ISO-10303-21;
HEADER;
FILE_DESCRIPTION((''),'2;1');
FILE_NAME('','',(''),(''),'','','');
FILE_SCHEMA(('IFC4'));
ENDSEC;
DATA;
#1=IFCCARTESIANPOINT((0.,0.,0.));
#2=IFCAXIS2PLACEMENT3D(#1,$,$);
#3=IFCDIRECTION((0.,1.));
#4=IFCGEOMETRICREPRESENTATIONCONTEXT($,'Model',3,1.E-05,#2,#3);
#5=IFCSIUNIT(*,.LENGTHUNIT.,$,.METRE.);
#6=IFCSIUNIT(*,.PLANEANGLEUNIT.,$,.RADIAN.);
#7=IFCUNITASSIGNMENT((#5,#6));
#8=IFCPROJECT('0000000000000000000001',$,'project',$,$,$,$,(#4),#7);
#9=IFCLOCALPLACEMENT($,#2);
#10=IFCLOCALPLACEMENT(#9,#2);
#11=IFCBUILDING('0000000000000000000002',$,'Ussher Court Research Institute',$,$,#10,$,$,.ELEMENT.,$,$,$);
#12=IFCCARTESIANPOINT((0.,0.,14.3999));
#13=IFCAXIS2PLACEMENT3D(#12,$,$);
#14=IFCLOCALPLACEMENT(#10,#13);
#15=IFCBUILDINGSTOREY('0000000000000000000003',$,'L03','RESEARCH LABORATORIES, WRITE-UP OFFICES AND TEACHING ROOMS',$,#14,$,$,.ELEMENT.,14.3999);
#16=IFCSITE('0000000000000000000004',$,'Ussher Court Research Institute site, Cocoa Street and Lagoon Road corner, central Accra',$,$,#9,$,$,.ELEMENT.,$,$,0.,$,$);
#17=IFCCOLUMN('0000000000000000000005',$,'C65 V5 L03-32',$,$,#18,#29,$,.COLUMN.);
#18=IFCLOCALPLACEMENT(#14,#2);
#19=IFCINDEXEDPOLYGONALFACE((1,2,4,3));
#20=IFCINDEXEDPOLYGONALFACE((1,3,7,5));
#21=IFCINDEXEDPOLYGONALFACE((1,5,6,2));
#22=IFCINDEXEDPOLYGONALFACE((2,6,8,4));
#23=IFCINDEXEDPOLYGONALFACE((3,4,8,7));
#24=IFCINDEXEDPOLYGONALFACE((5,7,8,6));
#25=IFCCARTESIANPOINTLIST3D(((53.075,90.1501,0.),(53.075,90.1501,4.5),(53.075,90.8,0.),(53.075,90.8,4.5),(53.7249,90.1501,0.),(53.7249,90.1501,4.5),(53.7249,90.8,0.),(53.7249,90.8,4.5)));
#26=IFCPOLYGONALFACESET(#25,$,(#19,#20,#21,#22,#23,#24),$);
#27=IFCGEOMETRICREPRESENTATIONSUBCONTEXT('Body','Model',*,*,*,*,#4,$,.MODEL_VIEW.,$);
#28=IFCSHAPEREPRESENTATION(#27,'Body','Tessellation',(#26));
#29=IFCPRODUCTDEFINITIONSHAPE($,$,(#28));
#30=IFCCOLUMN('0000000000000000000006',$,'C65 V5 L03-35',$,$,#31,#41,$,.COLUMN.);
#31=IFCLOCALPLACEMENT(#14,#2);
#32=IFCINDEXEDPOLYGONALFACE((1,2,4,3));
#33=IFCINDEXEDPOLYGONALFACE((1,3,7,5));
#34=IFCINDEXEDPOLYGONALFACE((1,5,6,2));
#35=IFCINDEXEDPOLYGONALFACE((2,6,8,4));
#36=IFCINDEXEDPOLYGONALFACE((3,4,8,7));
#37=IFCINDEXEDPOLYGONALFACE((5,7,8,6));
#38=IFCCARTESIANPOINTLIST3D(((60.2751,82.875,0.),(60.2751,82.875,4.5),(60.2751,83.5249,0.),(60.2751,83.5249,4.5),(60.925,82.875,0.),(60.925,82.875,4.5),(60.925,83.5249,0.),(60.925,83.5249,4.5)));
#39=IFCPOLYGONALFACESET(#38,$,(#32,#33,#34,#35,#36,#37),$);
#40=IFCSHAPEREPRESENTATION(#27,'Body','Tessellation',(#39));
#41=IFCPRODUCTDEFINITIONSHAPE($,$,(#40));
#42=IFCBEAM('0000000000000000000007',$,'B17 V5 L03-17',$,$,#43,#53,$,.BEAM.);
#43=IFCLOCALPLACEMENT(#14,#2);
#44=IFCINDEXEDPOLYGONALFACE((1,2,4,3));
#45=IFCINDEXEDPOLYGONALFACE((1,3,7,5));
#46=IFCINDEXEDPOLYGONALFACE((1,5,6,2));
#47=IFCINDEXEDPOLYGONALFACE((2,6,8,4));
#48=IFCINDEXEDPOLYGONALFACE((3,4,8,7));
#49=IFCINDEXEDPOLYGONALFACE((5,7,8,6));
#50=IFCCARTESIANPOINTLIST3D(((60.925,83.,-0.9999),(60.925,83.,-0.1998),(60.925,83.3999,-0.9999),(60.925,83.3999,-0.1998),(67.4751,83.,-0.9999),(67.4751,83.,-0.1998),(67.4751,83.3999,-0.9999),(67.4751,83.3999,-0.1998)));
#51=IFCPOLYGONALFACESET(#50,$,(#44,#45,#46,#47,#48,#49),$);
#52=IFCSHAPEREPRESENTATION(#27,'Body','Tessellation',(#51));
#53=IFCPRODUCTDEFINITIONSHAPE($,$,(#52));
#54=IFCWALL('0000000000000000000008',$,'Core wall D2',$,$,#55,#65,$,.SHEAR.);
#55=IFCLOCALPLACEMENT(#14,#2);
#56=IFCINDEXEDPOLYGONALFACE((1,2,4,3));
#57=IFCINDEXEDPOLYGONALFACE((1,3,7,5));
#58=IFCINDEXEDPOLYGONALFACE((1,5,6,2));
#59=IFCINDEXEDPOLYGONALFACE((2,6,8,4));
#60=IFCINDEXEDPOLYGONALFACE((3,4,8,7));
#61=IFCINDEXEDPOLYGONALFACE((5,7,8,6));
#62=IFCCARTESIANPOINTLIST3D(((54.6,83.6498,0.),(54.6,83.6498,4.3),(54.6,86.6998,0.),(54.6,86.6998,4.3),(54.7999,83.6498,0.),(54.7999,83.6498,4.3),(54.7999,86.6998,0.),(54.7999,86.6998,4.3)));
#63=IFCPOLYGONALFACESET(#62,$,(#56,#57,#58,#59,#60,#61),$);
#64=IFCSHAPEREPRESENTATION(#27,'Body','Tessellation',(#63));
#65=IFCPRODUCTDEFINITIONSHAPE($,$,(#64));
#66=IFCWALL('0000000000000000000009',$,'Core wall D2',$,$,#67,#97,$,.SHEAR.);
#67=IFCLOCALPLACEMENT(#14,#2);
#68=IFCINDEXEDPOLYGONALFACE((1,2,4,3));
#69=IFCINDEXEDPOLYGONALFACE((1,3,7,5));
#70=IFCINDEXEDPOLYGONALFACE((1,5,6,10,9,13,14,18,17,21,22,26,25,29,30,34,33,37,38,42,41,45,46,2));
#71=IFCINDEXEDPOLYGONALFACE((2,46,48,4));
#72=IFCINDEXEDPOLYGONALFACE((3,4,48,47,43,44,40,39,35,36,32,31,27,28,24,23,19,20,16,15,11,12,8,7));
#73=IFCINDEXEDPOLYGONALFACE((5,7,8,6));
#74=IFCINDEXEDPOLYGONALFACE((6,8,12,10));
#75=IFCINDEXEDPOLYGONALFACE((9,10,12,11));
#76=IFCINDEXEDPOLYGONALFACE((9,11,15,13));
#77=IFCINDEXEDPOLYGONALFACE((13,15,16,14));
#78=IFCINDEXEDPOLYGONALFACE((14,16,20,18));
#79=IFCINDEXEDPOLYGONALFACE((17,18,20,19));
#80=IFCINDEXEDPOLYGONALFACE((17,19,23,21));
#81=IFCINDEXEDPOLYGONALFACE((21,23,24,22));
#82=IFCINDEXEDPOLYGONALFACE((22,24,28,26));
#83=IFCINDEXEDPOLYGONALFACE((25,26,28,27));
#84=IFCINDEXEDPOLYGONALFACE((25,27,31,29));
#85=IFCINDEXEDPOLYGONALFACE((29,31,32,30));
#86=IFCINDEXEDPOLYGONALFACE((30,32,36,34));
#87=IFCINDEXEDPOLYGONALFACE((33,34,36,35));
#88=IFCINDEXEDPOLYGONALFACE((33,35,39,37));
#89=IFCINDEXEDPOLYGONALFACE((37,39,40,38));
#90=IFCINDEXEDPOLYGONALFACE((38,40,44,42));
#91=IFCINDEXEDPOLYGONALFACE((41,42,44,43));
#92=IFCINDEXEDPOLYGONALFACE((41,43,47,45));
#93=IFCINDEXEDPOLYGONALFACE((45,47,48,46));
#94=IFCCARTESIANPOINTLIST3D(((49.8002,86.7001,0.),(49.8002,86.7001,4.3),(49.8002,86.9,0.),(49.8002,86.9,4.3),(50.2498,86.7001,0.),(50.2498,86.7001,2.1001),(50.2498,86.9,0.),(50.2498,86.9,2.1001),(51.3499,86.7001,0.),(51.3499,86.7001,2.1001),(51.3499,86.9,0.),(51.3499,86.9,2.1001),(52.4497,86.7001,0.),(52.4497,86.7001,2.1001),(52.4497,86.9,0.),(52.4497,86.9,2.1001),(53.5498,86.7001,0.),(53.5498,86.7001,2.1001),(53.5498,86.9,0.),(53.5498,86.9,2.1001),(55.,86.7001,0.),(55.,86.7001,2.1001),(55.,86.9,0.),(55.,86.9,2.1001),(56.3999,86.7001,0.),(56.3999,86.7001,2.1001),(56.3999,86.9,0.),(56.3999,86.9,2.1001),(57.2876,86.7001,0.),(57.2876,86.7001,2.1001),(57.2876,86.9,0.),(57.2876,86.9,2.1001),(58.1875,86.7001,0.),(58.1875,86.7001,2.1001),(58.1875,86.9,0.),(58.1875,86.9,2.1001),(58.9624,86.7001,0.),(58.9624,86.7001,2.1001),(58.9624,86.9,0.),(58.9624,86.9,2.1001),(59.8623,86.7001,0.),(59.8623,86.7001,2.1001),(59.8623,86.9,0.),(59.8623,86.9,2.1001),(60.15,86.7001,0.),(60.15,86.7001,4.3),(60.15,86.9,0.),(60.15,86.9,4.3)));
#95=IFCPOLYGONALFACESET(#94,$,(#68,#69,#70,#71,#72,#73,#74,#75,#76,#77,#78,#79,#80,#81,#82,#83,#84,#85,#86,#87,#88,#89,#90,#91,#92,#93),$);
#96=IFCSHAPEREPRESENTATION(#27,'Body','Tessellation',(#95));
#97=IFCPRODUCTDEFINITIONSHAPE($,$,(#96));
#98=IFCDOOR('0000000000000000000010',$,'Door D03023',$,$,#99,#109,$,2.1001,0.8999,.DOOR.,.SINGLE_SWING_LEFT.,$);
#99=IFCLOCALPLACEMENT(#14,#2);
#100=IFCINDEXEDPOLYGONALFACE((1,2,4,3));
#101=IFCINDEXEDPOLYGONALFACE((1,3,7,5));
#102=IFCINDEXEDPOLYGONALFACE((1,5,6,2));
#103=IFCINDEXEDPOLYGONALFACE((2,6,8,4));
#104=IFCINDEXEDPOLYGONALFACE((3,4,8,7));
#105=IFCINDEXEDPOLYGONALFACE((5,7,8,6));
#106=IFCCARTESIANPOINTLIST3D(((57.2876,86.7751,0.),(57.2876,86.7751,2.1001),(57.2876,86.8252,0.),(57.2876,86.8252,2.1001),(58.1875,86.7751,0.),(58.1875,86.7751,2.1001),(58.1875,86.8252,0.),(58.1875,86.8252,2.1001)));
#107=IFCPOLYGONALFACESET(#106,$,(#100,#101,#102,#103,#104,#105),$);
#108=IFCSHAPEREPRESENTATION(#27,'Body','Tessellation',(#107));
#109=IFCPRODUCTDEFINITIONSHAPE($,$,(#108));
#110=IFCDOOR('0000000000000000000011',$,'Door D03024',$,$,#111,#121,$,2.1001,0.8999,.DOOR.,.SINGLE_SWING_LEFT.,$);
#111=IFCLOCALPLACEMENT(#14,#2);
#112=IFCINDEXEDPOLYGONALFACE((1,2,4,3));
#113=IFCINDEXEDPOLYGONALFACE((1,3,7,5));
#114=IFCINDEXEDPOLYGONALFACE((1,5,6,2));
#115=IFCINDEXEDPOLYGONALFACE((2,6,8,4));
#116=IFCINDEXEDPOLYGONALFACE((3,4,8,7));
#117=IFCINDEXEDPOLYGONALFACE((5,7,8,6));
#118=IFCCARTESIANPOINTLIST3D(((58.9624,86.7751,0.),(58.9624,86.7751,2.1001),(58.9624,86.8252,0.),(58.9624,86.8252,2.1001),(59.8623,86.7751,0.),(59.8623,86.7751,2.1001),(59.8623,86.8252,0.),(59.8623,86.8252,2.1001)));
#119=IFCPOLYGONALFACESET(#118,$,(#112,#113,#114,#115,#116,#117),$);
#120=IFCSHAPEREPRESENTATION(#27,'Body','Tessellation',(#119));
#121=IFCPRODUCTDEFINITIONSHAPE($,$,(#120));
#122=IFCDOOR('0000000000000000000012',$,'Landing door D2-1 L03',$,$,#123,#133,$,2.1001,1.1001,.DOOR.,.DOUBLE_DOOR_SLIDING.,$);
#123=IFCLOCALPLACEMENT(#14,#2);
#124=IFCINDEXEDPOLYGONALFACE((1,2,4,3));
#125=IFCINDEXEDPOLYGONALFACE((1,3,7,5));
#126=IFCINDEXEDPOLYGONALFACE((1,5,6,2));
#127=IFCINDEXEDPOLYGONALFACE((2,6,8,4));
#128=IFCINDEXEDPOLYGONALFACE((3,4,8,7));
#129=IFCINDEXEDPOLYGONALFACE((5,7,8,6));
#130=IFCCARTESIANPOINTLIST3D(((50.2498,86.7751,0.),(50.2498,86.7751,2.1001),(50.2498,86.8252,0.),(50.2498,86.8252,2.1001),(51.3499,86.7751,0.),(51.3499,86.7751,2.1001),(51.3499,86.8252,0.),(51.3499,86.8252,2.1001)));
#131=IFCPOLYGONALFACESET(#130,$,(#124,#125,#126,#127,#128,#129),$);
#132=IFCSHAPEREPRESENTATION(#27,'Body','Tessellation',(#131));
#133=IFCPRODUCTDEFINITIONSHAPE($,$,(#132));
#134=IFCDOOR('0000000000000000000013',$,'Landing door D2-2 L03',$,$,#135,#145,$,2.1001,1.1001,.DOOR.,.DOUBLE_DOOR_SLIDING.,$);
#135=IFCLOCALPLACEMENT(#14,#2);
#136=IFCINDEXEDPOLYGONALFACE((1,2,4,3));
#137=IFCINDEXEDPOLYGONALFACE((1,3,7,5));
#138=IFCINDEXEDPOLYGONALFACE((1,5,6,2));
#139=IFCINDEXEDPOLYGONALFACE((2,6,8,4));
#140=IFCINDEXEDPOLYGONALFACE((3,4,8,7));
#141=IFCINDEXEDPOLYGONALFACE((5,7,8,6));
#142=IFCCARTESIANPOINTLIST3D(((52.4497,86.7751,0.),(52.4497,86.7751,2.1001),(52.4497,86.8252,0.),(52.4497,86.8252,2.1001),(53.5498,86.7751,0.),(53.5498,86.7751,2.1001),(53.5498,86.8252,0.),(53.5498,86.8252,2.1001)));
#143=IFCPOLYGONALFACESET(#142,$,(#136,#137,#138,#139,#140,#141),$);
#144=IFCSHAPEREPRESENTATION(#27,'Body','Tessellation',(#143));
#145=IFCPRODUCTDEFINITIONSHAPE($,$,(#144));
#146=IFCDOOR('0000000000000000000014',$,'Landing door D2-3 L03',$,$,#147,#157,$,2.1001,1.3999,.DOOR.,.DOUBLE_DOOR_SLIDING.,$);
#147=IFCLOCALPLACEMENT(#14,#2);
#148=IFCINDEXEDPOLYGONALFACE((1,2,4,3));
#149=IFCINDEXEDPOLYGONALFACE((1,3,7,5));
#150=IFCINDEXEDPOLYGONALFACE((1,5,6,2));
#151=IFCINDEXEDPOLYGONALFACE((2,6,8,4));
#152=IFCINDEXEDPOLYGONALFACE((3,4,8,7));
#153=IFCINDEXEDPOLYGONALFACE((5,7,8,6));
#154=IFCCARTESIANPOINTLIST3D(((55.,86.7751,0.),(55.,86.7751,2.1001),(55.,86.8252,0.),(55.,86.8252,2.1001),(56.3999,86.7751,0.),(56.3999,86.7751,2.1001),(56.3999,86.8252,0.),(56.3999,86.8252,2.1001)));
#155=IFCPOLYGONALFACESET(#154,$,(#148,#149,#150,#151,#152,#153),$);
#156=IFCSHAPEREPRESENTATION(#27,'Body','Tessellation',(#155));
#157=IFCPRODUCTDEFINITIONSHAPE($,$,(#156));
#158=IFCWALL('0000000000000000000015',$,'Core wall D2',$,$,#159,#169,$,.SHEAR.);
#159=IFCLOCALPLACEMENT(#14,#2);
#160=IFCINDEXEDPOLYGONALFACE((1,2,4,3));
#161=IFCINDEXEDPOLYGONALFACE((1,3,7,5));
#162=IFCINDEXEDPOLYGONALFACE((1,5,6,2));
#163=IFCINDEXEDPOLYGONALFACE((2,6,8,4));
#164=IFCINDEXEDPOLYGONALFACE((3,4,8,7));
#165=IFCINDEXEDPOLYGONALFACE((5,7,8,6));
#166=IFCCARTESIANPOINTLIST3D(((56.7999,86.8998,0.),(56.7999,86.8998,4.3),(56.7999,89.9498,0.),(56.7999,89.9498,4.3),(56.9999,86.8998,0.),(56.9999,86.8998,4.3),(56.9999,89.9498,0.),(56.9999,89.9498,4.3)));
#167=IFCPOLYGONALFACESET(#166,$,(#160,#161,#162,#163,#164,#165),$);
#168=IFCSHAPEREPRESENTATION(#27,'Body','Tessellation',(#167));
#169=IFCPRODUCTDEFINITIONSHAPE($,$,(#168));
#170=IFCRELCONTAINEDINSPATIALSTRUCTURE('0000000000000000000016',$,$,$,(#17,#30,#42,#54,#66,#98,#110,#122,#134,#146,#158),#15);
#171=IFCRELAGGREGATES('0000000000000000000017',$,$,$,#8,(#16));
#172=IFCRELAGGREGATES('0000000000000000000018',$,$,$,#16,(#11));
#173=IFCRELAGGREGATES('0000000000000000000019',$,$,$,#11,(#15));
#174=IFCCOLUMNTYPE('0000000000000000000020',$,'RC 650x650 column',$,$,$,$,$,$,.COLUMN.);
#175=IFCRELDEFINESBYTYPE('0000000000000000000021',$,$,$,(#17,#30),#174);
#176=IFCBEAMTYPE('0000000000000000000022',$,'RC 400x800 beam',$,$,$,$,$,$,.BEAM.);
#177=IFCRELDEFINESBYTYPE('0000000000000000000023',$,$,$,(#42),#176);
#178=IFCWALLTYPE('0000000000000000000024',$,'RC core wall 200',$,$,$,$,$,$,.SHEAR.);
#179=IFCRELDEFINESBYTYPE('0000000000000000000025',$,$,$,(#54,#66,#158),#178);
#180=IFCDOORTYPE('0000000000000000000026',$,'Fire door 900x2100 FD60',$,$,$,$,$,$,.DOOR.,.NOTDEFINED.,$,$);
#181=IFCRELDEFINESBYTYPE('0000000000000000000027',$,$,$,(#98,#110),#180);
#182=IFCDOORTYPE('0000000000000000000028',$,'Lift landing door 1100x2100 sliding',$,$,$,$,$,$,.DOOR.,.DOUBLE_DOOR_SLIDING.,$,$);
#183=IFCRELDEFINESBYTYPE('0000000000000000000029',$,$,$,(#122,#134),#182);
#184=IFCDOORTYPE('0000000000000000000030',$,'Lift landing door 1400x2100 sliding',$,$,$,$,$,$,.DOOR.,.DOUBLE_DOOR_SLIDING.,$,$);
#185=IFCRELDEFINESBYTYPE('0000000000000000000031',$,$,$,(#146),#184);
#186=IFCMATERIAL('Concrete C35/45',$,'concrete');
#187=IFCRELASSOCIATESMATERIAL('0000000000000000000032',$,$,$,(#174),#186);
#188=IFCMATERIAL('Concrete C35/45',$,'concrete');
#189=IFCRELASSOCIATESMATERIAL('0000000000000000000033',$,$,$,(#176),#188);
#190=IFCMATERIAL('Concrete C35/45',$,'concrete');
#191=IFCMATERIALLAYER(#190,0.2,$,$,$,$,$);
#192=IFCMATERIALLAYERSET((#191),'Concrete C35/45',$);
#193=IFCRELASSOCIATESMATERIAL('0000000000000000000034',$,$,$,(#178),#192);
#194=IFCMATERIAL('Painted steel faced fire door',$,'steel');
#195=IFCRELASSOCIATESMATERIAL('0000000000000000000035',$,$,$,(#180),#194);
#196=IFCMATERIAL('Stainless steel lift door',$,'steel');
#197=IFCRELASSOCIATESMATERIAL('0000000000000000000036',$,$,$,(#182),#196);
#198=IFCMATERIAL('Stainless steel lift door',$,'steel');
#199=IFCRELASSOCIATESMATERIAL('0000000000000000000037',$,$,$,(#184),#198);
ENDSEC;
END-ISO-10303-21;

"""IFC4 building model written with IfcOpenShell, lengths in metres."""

from ifc_helpers import new_model, si_unit, direction, frame, frame_2d, origin, origin_2d, place, context, subcontext, project, spatial, rectangle, extrude, material, layer, layer_set, material_profile, profile_set, type_object, element, fill, save


model = new_model("IFC4")

# Units and contexts
model_context = context("Model", 3, precision=1e-05, world=origin(), true_north=direction((0.0, 1.0)))
body_context = subcontext(model_context, "Body", "Model", "MODEL_VIEW")
ifc_project = project(units=[si_unit("LENGTHUNIT", "METRE"), si_unit("PLANEANGLEUNIT", "RADIAN")], contexts=[model_context])

# Site, building, storey
site_placement = place(None, origin())
site = spatial("IfcSite", under=ifc_project, at=site_placement, Name="Ussher Court Research Institute site, Cocoa Street and Lagoon Road corner, central Accra", CompositionType="ELEMENT", RefElevation=0.0)
building_placement = place(site_placement, origin())
building = spatial("IfcBuilding", under=site, at=building_placement, Name="Ussher Court Research Institute", CompositionType="ELEMENT")
storey_placement = place(building_placement, frame((0.0, 0.0, 14.3999)))
storey = spatial("IfcBuildingStorey", under=building, at=storey_placement, Name="L03", Description="RESEARCH LABORATORIES, WRITE-UP OFFICES AND TEACHING ROOMS", CompositionType="ELEMENT", Elevation=14.3999)

# Columns
ifc_material_1 = material(Name="Concrete C35/45", Category="concrete")
ifc_material_profile_1 = material_profile(ifc_material_1, rectangle(XDim=0.6499, YDim=0.6499, at=origin_2d()), Name="RC 650x650")
ifc_profile_set_1 = profile_set([ifc_material_profile_1], Name="Concrete C35/45")
column_type = type_object("IfcColumnType", Name="RC 650x650 column", PredefinedType="COLUMN", material=ifc_profile_set_1)
for number, where, z_axis, x_axis, name in (
    (1, (53.3999, 90.4751, 0.0), (0.0, 0.0, 1.0), (1.0, 0.0, 0.0), "C65 V5 L03-32"),
    (2, (60.6001, 83.2, 0.0), (0.0, 0.0, 1.0), (1.0, 0.0, 0.0), "C65 V5 L03-35"),
):
    element("IfcColumn", number, at=place(storey_placement, frame(where, z_axis=z_axis, x_axis=x_axis)), inside=storey, type_object=column_type, Name=name, PredefinedType="COLUMN", context=body_context, shape_type="SweptSolid", body=[
        extrude(rectangle(XDim=0.6499, YDim=0.6499, at=origin_2d()), origin(), (0.0, 0.0, 1.0), 4.5),
    ])

# Beam
ifc_material_2 = material(Name="Concrete C35/45", Category="concrete")
ifc_material_profile_2 = material_profile(ifc_material_2, rectangle(XDim=0.3999, YDim=0.8, at=origin_2d()), Name="RC 400x800")
ifc_profile_set_2 = profile_set([ifc_material_profile_2], Name="Concrete C35/45")
beam_type = type_object("IfcBeamType", Name="RC 400x800 beam", PredefinedType="BEAM", material=ifc_profile_set_2)
beam_placement = place(storey_placement, frame((60.925, 83.2, -0.5999), z_axis=(1.0, 0.0, 0.0), x_axis=(0.0, 1.0, 0.0)))
element("IfcBeam", 3, at=beam_placement, inside=storey, type_object=beam_type, Name="B17 V5 L03-17", PredefinedType="BEAM", context=body_context, shape_type="SweptSolid", body=[
    extrude(rectangle(XDim=0.3999, YDim=0.8, at=origin_2d()), origin(), (0.0, 0.0, 1.0), 6.55),
])

# Wall
ifc_material_3 = material(Name="Concrete C35/45", Category="concrete")
ifc_layer_1 = layer(ifc_material_3, 0.2)
ifc_layer_set_1 = layer_set([ifc_layer_1], Name="Concrete C35/45")
wall_type_1 = type_object("IfcWallType", Name="RC core wall 200", PredefinedType="SHEAR", material=ifc_layer_set_1)
wall_1_placement = place(storey_placement, frame((54.7, 83.6499, 0.0), z_axis=(0.0, 0.0, 1.0), x_axis=(0.0, 1.0, 0.0)))
element("IfcWall", 4, at=wall_1_placement, inside=storey, type_object=wall_type_1, Name="Core wall D2", PredefinedType="SHEAR", context=body_context, shape_type="SweptSolid", body=[
    extrude(rectangle(XDim=3.05, YDim=0.2, at=frame_2d((1.5249, 0.0))), origin(), (0.0, 0.0, 1.0), 4.3),
])

# Wall, openings, doors
wall_2_placement = place(storey_placement, frame((60.1499, 86.8, 0.0), z_axis=(0.0, 0.0, 1.0), x_axis=(-1.0, 0.0, 0.0)))
wall_2 = element("IfcWall", 5, at=wall_2_placement, inside=storey, type_object=wall_type_1, Name="Core wall D2", PredefinedType="SHEAR", context=body_context, shape_type="SweptSolid", body=[
    extrude(rectangle(XDim=10.3499, YDim=0.2, at=frame_2d((5.1748, 0.0))), origin(), (0.0, 0.0, 1.0), 4.3),
])
opening_1_placement = place(wall_2_placement, frame((8.8, 0.0, 0.0)))
opening_1 = element("IfcOpeningElement", 6, at=opening_1_placement, cuts=wall_2, PredefinedType="OPENING", context=body_context, shape_type="SweptSolid", body=[
    extrude(rectangle(XDim=1.1001, YDim=2.1001, at=frame_2d((0.55, 1.05))), frame((0.0, 0.1099, 0.0), z_axis=(0.0, -1.0, 0.0), x_axis=(1.0, 0.0, 0.0)), (0.0, 0.0, 1.0), 0.22),
])
opening_2_placement = place(wall_2_placement, frame((6.6001, 0.0, 0.0)))
opening_2 = element("IfcOpeningElement", 7, at=opening_2_placement, cuts=wall_2, PredefinedType="OPENING", context=body_context, shape_type="SweptSolid", body=[
    extrude(rectangle(XDim=1.1001, YDim=2.1001, at=frame_2d((0.55, 1.05))), frame((0.0, 0.1099, 0.0), z_axis=(0.0, -1.0, 0.0), x_axis=(1.0, 0.0, 0.0)), (0.0, 0.0, 1.0), 0.22),
])
opening_3_placement = place(wall_2_placement, frame((3.75, 0.0, 0.0)))
opening_3 = element("IfcOpeningElement", 8, at=opening_3_placement, cuts=wall_2, PredefinedType="OPENING", context=body_context, shape_type="SweptSolid", body=[
    extrude(rectangle(XDim=1.3999, YDim=2.1001, at=frame_2d((0.7, 1.05))), frame((0.0, 0.1099, 0.0), z_axis=(0.0, -1.0, 0.0), x_axis=(1.0, 0.0, 0.0)), (0.0, 0.0, 1.0), 0.22),
])
opening_4_placement = place(wall_2_placement, frame((1.9624, 0.0, 0.0)))
opening_4 = element("IfcOpeningElement", 9, at=opening_4_placement, cuts=wall_2, PredefinedType="OPENING", context=body_context, shape_type="SweptSolid", body=[
    extrude(rectangle(XDim=0.8999, YDim=2.1001, at=frame_2d((0.45, 1.05))), frame((0.0, 0.1099, 0.0), z_axis=(0.0, -1.0, 0.0), x_axis=(1.0, 0.0, 0.0)), (0.0, 0.0, 1.0), 0.22),
])
opening_5_placement = place(wall_2_placement, frame((0.2876, 0.0, 0.0)))
opening_5 = element("IfcOpeningElement", 10, at=opening_5_placement, cuts=wall_2, PredefinedType="OPENING", context=body_context, shape_type="SweptSolid", body=[
    extrude(rectangle(XDim=0.8999, YDim=2.1001, at=frame_2d((0.45, 1.05))), frame((0.0, 0.1099, 0.0), z_axis=(0.0, -1.0, 0.0), x_axis=(1.0, 0.0, 0.0)), (0.0, 0.0, 1.0), 0.22),
])
ifc_material_4 = material(Name="Painted steel faced fire door", Category="steel")
door_type_1 = type_object("IfcDoorType", Name="Fire door 900x2100 FD60", OperationType="NOTDEFINED", PredefinedType="DOOR", material=ifc_material_4)
door_1_placement = place(opening_4_placement, origin())
door_1 = element("IfcDoor", 11, at=door_1_placement, inside=storey, type_object=door_type_1, Name="Door D03023", OperationType="SINGLE_SWING_LEFT", OverallHeight=2.1001, OverallWidth=0.8999, PredefinedType="DOOR", context=body_context, shape_type="SweptSolid", body=[
    extrude(rectangle(XDim=0.8999, YDim=2.1001, at=frame_2d((0.45, 1.05))), frame((0.0, 0.0249, 0.0), z_axis=(0.0, -1.0, 0.0), x_axis=(1.0, 0.0, 0.0)), (0.0, 0.0, 1.0), 0.05),
])
fill(opening_4, door_1)
door_2_placement = place(opening_5_placement, origin())
door_2 = element("IfcDoor", 12, at=door_2_placement, inside=storey, type_object=door_type_1, Name="Door D03024", OperationType="SINGLE_SWING_LEFT", OverallHeight=2.1001, OverallWidth=0.8999, PredefinedType="DOOR", context=body_context, shape_type="SweptSolid", body=[
    extrude(rectangle(XDim=0.8999, YDim=2.1001, at=frame_2d((0.45, 1.05))), frame((0.0, 0.0249, 0.0), z_axis=(0.0, -1.0, 0.0), x_axis=(1.0, 0.0, 0.0)), (0.0, 0.0, 1.0), 0.05),
])
fill(opening_5, door_2)
ifc_material_5 = material(Name="Stainless steel lift door", Category="steel")
door_type_2 = type_object("IfcDoorType", Name="Lift landing door 1100x2100 sliding", OperationType="DOUBLE_DOOR_SLIDING", PredefinedType="DOOR", material=ifc_material_5)
door_3_placement = place(opening_1_placement, origin())
door_3 = element("IfcDoor", 13, at=door_3_placement, inside=storey, type_object=door_type_2, Name="Landing door D2-1 L03", OperationType="DOUBLE_DOOR_SLIDING", OverallHeight=2.1001, OverallWidth=1.1001, PredefinedType="DOOR", context=body_context, shape_type="SweptSolid", body=[
    extrude(rectangle(XDim=1.1001, YDim=2.1001, at=frame_2d((0.55, 1.05))), frame((0.0, 0.0249, 0.0), z_axis=(0.0, -1.0, 0.0), x_axis=(1.0, 0.0, 0.0)), (0.0, 0.0, 1.0), 0.05),
])
fill(opening_1, door_3)
door_4_placement = place(opening_2_placement, origin())
door_4 = element("IfcDoor", 14, at=door_4_placement, inside=storey, type_object=door_type_2, Name="Landing door D2-2 L03", OperationType="DOUBLE_DOOR_SLIDING", OverallHeight=2.1001, OverallWidth=1.1001, PredefinedType="DOOR", context=body_context, shape_type="SweptSolid", body=[
    extrude(rectangle(XDim=1.1001, YDim=2.1001, at=frame_2d((0.55, 1.05))), frame((0.0, 0.0249, 0.0), z_axis=(0.0, -1.0, 0.0), x_axis=(1.0, 0.0, 0.0)), (0.0, 0.0, 1.0), 0.05),
])
fill(opening_2, door_4)
ifc_material_6 = material(Name="Stainless steel lift door", Category="steel")
door_type_3 = type_object("IfcDoorType", Name="Lift landing door 1400x2100 sliding", OperationType="DOUBLE_DOOR_SLIDING", PredefinedType="DOOR", material=ifc_material_6)
door_5_placement = place(opening_3_placement, origin())
door_5 = element("IfcDoor", 15, at=door_5_placement, inside=storey, type_object=door_type_3, Name="Landing door D2-3 L03", OperationType="DOUBLE_DOOR_SLIDING", OverallHeight=2.1001, OverallWidth=1.3999, PredefinedType="DOOR", context=body_context, shape_type="SweptSolid", body=[
    extrude(rectangle(XDim=1.3999, YDim=2.1001, at=frame_2d((0.7, 1.05))), frame((0.0, 0.0249, 0.0), z_axis=(0.0, -1.0, 0.0), x_axis=(1.0, 0.0, 0.0)), (0.0, 0.0, 1.0), 0.05),
])
fill(opening_3, door_5)

# Wall
for number, where, z_axis, x_axis, name in (
    (16, (56.8999, 86.8999, 0.0), (0.0, 0.0, 1.0), (0.0, 1.0, 0.0), "Core wall D2"),
):
    element("IfcWall", number, at=place(storey_placement, frame(where, z_axis=z_axis, x_axis=x_axis)), inside=storey, type_object=wall_type_1, Name=name, PredefinedType="SHEAR", context=body_context, shape_type="SweptSolid", body=[
        extrude(rectangle(XDim=3.05, YDim=0.2, at=frame_2d((1.5249, 0.0))), origin(), (0.0, 0.0, 1.0), 4.3),
    ])

save(model, "model.ifc")
